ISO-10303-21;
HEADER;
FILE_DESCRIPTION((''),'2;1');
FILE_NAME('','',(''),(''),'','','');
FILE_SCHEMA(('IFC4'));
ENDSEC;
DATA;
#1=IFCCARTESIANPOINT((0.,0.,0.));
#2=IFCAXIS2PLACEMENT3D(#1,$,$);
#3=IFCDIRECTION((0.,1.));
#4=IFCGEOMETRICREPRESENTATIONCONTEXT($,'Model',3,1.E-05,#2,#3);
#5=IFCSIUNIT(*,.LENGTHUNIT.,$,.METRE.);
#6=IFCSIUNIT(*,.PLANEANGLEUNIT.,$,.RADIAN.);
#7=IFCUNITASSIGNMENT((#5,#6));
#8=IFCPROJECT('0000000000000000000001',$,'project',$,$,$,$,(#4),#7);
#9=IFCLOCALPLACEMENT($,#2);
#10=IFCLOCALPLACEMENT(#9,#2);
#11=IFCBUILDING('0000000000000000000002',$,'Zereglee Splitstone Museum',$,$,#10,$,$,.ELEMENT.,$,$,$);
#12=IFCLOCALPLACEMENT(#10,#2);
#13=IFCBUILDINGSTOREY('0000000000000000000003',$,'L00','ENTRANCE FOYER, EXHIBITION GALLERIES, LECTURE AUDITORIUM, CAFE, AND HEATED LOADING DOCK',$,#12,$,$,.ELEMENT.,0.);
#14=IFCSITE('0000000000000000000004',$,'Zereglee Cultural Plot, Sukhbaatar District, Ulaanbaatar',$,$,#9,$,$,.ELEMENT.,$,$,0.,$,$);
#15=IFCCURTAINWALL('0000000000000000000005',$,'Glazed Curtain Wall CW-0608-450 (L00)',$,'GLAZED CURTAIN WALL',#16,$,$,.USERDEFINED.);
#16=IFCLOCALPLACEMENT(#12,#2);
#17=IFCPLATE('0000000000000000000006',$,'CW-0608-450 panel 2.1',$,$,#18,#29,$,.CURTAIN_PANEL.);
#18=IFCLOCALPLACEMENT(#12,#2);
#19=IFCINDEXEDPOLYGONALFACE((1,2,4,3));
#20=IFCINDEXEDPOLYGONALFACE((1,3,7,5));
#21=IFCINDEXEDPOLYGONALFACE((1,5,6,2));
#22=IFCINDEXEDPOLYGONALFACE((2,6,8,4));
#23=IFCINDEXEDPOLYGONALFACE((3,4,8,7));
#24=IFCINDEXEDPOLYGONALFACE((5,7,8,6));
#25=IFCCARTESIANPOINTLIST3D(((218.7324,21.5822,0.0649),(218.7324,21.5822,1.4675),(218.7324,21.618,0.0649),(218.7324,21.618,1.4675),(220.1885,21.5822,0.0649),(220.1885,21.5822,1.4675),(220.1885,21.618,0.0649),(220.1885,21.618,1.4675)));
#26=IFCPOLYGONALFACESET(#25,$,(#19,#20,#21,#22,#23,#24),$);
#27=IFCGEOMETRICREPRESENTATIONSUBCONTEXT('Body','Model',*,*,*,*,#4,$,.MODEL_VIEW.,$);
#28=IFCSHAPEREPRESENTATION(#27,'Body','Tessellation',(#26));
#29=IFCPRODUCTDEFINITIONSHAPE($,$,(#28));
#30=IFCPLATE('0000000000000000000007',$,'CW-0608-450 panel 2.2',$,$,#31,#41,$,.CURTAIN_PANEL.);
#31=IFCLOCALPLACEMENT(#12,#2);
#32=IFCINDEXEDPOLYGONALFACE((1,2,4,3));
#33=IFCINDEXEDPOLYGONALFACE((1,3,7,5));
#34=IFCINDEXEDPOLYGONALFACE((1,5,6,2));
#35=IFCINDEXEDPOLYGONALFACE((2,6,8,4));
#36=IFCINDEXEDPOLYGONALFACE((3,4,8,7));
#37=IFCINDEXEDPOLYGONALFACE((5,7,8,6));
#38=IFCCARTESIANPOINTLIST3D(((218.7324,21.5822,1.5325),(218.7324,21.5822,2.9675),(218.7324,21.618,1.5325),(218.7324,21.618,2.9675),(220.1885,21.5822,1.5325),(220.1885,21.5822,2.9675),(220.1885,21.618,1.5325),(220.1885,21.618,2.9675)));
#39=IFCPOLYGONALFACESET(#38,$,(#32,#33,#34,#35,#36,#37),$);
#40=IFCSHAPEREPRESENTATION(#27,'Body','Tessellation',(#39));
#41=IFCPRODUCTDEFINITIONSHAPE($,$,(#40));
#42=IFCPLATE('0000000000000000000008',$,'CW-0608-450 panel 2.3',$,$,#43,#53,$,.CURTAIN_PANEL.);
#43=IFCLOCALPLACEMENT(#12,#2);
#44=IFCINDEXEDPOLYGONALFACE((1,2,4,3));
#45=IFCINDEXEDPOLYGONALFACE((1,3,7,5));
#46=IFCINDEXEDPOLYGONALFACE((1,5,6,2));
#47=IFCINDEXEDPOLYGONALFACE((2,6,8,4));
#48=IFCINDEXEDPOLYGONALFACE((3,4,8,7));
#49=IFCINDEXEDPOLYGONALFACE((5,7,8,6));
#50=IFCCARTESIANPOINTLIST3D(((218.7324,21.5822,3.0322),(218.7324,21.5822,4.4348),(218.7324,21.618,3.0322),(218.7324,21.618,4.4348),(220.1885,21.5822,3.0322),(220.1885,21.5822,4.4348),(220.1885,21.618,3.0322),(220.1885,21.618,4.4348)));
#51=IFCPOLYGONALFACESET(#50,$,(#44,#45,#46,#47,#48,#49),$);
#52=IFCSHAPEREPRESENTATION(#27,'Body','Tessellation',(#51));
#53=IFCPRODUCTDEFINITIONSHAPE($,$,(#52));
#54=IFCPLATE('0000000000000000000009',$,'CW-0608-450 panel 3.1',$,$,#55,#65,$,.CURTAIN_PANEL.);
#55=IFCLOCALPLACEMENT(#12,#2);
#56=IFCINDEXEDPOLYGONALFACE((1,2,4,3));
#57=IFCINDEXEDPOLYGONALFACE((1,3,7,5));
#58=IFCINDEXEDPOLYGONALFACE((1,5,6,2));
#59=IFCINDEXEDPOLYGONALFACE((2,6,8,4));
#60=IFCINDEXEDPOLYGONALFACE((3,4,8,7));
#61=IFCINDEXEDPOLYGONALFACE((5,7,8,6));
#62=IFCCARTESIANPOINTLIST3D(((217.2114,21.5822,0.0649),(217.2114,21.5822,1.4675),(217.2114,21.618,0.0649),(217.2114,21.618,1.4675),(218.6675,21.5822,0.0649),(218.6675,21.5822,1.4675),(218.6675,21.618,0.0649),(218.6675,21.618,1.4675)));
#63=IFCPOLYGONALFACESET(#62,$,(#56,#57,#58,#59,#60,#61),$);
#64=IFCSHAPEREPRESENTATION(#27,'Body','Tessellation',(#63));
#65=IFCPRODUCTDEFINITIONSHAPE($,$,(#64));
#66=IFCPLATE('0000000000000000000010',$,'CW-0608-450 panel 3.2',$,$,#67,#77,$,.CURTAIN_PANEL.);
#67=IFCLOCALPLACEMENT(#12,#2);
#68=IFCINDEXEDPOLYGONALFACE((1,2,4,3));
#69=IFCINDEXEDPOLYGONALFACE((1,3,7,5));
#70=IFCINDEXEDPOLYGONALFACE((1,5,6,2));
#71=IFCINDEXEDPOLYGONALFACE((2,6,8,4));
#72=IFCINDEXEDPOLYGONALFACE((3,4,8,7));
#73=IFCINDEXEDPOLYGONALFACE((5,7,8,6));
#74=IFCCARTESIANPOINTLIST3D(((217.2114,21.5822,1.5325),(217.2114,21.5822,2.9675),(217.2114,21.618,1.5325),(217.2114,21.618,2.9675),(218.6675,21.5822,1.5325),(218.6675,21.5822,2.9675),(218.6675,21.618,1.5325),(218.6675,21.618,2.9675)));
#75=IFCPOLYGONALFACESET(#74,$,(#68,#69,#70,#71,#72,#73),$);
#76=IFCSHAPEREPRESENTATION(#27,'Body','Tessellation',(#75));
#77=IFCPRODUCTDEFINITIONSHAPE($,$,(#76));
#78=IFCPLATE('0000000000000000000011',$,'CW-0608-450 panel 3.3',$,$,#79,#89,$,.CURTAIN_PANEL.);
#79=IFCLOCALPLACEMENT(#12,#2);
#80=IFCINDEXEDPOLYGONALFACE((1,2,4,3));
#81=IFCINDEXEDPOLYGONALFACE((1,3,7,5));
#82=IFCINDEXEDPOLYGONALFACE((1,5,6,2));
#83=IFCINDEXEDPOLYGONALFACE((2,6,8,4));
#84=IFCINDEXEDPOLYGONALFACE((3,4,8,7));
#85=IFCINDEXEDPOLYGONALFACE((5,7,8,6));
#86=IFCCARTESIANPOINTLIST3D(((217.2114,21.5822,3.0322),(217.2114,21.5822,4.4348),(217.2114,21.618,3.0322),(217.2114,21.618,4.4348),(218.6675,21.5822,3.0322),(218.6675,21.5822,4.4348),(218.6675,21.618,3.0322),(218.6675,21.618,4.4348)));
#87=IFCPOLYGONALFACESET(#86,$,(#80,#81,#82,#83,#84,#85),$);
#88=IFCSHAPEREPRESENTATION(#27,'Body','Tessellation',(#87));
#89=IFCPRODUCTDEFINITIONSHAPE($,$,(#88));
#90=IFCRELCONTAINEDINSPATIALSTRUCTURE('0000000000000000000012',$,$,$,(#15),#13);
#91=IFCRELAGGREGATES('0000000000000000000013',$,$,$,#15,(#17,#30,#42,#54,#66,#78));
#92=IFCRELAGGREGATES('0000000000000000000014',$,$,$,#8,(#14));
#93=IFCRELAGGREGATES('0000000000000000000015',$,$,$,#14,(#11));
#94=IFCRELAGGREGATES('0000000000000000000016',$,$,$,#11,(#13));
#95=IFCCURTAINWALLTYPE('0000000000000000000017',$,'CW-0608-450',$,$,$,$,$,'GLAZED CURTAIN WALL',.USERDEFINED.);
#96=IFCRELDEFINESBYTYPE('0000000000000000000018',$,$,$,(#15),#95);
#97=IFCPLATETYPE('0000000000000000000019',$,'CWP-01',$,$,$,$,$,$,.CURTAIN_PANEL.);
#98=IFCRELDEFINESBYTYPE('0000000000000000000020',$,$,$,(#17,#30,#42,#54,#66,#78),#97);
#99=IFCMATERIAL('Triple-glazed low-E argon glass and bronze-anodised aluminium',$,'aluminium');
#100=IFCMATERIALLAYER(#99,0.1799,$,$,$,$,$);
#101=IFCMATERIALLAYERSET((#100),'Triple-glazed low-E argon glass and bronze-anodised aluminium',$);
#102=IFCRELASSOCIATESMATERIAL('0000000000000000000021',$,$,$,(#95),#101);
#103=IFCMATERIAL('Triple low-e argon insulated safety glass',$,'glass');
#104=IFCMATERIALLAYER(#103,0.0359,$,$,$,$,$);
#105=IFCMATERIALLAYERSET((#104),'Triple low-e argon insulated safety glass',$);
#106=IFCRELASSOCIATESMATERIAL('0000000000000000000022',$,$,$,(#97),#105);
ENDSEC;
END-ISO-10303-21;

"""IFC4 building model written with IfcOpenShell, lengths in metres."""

from ifc_helpers import new_model, si_unit, direction, frame, origin, origin_2d, place, context, subcontext, project, spatial, rectangle, extrude, material, layer, layer_set, type_object, element, aggregate, save


model = new_model("IFC4")

# Units and contexts
model_context = context("Model", 3, precision=1e-05, world=origin(), true_north=direction((0.0, 1.0)))
body_context = subcontext(model_context, "Body", "Model", "MODEL_VIEW")
ifc_project = project(units=[si_unit("LENGTHUNIT", "METRE"), si_unit("PLANEANGLEUNIT", "RADIAN")], contexts=[model_context])

# Site, building, storey
site_placement = place(None, origin())
site = spatial("IfcSite", under=ifc_project, at=site_placement, Name="Zereglee Cultural Plot, Sukhbaatar District, Ulaanbaatar", CompositionType="ELEMENT", RefElevation=0.0)
building_placement = place(site_placement, origin())
building = spatial("IfcBuilding", under=site, at=building_placement, Name="Zereglee Splitstone Museum", CompositionType="ELEMENT")
storey_placement = place(building_placement, origin())
storey = spatial("IfcBuildingStorey", under=building, at=storey_placement, Name="L00", Description="ENTRANCE FOYER, EXHIBITION GALLERIES, LECTURE AUDITORIUM, CAFE, AND HEATED LOADING DOCK", CompositionType="ELEMENT", Elevation=0.0)

# Curtain wall, plates
ifc_material_1 = material(Name="Triple-glazed low-E argon glass and bronze-anodised aluminium", Category="aluminium")
ifc_layer_1 = layer(ifc_material_1, 0.1799)
ifc_layer_set_1 = layer_set([ifc_layer_1], Name="Triple-glazed low-E argon glass and bronze-anodised aluminium")
curtain_wall_type = type_object("IfcCurtainWallType", Name="CW-0608-450", ElementType="GLAZED CURTAIN WALL", PredefinedType="USERDEFINED", material=ifc_layer_set_1)
curtain_wall_placement = place(storey_placement, origin())
curtain_wall = element("IfcCurtainWall", 1, at=curtain_wall_placement, inside=storey, type_object=curtain_wall_type, Name="Glazed Curtain Wall CW-0608-450 (L00)", ObjectType="GLAZED CURTAIN WALL", PredefinedType="USERDEFINED")
ifc_material_2 = material(Name="Triple low-e argon insulated safety glass", Category="glass")
ifc_layer_2 = layer(ifc_material_2, 0.0359)
ifc_layer_set_2 = layer_set([ifc_layer_2], Name="Triple low-e argon insulated safety glass")
plate_type = type_object("IfcPlateType", Name="CWP-01", PredefinedType="CURTAIN_PANEL", material=ifc_layer_set_2)
plate_1_placement = place(storey_placement, frame((219.4604, 21.6001, 0.0649), z_axis=(0.0, 0.0, 1.0), x_axis=(-1.0, 0.0, 0.0)))
plate_1 = element("IfcPlate", 2, at=plate_1_placement, type_object=plate_type, Name="CW-0608-450 panel 2.1", PredefinedType="CURTAIN_PANEL", context=body_context, shape_type="SweptSolid", body=[
    extrude(rectangle(XDim=1.4561, YDim=0.0359, at=origin_2d()), origin(), (0.0, 0.0, 1.0), 1.4026),
])
plate_2_placement = place(storey_placement, frame((219.4604, 21.6001, 1.5325), z_axis=(0.0, 0.0, 1.0), x_axis=(-1.0, 0.0, 0.0)))
plate_2 = element("IfcPlate", 3, at=plate_2_placement, type_object=plate_type, Name="CW-0608-450 panel 2.2", PredefinedType="CURTAIN_PANEL", context=body_context, shape_type="SweptSolid", body=[
    extrude(rectangle(XDim=1.4561, YDim=0.0359, at=origin_2d()), origin(), (0.0, 0.0, 1.0), 1.4351),
])
plate_3_placement = place(storey_placement, frame((219.4604, 21.6001, 3.0322), z_axis=(0.0, 0.0, 1.0), x_axis=(-1.0, 0.0, 0.0)))
plate_3 = element("IfcPlate", 4, at=plate_3_placement, type_object=plate_type, Name="CW-0608-450 panel 2.3", PredefinedType="CURTAIN_PANEL", context=body_context, shape_type="SweptSolid", body=[
    extrude(rectangle(XDim=1.4561, YDim=0.0359, at=origin_2d()), origin(), (0.0, 0.0, 1.0), 1.4026),
])
plate_4_placement = place(storey_placement, frame((217.9395, 21.6001, 0.0649), z_axis=(0.0, 0.0, 1.0), x_axis=(-1.0, 0.0, 0.0)))
plate_4 = element("IfcPlate", 5, at=plate_4_placement, type_object=plate_type, Name="CW-0608-450 panel 3.1", PredefinedType="CURTAIN_PANEL", context=body_context, shape_type="SweptSolid", body=[
    extrude(rectangle(XDim=1.4561, YDim=0.0359, at=origin_2d()), origin(), (0.0, 0.0, 1.0), 1.4026),
])
plate_5_placement = place(storey_placement, frame((217.9395, 21.6001, 1.5325), z_axis=(0.0, 0.0, 1.0), x_axis=(-1.0, 0.0, 0.0)))
plate_5 = element("IfcPlate", 6, at=plate_5_placement, type_object=plate_type, Name="CW-0608-450 panel 3.2", PredefinedType="CURTAIN_PANEL", context=body_context, shape_type="SweptSolid", body=[
    extrude(rectangle(XDim=1.4561, YDim=0.0359, at=origin_2d()), origin(), (0.0, 0.0, 1.0), 1.4351),
])
plate_6_placement = place(storey_placement, frame((217.9395, 21.6001, 3.0322), z_axis=(0.0, 0.0, 1.0), x_axis=(-1.0, 0.0, 0.0)))
plate_6 = element("IfcPlate", 7, at=plate_6_placement, type_object=plate_type, Name="CW-0608-450 panel 3.3", PredefinedType="CURTAIN_PANEL", context=body_context, shape_type="SweptSolid", body=[
    extrude(rectangle(XDim=1.4561, YDim=0.0359, at=origin_2d()), origin(), (0.0, 0.0, 1.0), 1.4026),
])
aggregate(curtain_wall, [plate_1, plate_2, plate_3, plate_4, plate_5, plate_6])

save(model, "model.ifc")
